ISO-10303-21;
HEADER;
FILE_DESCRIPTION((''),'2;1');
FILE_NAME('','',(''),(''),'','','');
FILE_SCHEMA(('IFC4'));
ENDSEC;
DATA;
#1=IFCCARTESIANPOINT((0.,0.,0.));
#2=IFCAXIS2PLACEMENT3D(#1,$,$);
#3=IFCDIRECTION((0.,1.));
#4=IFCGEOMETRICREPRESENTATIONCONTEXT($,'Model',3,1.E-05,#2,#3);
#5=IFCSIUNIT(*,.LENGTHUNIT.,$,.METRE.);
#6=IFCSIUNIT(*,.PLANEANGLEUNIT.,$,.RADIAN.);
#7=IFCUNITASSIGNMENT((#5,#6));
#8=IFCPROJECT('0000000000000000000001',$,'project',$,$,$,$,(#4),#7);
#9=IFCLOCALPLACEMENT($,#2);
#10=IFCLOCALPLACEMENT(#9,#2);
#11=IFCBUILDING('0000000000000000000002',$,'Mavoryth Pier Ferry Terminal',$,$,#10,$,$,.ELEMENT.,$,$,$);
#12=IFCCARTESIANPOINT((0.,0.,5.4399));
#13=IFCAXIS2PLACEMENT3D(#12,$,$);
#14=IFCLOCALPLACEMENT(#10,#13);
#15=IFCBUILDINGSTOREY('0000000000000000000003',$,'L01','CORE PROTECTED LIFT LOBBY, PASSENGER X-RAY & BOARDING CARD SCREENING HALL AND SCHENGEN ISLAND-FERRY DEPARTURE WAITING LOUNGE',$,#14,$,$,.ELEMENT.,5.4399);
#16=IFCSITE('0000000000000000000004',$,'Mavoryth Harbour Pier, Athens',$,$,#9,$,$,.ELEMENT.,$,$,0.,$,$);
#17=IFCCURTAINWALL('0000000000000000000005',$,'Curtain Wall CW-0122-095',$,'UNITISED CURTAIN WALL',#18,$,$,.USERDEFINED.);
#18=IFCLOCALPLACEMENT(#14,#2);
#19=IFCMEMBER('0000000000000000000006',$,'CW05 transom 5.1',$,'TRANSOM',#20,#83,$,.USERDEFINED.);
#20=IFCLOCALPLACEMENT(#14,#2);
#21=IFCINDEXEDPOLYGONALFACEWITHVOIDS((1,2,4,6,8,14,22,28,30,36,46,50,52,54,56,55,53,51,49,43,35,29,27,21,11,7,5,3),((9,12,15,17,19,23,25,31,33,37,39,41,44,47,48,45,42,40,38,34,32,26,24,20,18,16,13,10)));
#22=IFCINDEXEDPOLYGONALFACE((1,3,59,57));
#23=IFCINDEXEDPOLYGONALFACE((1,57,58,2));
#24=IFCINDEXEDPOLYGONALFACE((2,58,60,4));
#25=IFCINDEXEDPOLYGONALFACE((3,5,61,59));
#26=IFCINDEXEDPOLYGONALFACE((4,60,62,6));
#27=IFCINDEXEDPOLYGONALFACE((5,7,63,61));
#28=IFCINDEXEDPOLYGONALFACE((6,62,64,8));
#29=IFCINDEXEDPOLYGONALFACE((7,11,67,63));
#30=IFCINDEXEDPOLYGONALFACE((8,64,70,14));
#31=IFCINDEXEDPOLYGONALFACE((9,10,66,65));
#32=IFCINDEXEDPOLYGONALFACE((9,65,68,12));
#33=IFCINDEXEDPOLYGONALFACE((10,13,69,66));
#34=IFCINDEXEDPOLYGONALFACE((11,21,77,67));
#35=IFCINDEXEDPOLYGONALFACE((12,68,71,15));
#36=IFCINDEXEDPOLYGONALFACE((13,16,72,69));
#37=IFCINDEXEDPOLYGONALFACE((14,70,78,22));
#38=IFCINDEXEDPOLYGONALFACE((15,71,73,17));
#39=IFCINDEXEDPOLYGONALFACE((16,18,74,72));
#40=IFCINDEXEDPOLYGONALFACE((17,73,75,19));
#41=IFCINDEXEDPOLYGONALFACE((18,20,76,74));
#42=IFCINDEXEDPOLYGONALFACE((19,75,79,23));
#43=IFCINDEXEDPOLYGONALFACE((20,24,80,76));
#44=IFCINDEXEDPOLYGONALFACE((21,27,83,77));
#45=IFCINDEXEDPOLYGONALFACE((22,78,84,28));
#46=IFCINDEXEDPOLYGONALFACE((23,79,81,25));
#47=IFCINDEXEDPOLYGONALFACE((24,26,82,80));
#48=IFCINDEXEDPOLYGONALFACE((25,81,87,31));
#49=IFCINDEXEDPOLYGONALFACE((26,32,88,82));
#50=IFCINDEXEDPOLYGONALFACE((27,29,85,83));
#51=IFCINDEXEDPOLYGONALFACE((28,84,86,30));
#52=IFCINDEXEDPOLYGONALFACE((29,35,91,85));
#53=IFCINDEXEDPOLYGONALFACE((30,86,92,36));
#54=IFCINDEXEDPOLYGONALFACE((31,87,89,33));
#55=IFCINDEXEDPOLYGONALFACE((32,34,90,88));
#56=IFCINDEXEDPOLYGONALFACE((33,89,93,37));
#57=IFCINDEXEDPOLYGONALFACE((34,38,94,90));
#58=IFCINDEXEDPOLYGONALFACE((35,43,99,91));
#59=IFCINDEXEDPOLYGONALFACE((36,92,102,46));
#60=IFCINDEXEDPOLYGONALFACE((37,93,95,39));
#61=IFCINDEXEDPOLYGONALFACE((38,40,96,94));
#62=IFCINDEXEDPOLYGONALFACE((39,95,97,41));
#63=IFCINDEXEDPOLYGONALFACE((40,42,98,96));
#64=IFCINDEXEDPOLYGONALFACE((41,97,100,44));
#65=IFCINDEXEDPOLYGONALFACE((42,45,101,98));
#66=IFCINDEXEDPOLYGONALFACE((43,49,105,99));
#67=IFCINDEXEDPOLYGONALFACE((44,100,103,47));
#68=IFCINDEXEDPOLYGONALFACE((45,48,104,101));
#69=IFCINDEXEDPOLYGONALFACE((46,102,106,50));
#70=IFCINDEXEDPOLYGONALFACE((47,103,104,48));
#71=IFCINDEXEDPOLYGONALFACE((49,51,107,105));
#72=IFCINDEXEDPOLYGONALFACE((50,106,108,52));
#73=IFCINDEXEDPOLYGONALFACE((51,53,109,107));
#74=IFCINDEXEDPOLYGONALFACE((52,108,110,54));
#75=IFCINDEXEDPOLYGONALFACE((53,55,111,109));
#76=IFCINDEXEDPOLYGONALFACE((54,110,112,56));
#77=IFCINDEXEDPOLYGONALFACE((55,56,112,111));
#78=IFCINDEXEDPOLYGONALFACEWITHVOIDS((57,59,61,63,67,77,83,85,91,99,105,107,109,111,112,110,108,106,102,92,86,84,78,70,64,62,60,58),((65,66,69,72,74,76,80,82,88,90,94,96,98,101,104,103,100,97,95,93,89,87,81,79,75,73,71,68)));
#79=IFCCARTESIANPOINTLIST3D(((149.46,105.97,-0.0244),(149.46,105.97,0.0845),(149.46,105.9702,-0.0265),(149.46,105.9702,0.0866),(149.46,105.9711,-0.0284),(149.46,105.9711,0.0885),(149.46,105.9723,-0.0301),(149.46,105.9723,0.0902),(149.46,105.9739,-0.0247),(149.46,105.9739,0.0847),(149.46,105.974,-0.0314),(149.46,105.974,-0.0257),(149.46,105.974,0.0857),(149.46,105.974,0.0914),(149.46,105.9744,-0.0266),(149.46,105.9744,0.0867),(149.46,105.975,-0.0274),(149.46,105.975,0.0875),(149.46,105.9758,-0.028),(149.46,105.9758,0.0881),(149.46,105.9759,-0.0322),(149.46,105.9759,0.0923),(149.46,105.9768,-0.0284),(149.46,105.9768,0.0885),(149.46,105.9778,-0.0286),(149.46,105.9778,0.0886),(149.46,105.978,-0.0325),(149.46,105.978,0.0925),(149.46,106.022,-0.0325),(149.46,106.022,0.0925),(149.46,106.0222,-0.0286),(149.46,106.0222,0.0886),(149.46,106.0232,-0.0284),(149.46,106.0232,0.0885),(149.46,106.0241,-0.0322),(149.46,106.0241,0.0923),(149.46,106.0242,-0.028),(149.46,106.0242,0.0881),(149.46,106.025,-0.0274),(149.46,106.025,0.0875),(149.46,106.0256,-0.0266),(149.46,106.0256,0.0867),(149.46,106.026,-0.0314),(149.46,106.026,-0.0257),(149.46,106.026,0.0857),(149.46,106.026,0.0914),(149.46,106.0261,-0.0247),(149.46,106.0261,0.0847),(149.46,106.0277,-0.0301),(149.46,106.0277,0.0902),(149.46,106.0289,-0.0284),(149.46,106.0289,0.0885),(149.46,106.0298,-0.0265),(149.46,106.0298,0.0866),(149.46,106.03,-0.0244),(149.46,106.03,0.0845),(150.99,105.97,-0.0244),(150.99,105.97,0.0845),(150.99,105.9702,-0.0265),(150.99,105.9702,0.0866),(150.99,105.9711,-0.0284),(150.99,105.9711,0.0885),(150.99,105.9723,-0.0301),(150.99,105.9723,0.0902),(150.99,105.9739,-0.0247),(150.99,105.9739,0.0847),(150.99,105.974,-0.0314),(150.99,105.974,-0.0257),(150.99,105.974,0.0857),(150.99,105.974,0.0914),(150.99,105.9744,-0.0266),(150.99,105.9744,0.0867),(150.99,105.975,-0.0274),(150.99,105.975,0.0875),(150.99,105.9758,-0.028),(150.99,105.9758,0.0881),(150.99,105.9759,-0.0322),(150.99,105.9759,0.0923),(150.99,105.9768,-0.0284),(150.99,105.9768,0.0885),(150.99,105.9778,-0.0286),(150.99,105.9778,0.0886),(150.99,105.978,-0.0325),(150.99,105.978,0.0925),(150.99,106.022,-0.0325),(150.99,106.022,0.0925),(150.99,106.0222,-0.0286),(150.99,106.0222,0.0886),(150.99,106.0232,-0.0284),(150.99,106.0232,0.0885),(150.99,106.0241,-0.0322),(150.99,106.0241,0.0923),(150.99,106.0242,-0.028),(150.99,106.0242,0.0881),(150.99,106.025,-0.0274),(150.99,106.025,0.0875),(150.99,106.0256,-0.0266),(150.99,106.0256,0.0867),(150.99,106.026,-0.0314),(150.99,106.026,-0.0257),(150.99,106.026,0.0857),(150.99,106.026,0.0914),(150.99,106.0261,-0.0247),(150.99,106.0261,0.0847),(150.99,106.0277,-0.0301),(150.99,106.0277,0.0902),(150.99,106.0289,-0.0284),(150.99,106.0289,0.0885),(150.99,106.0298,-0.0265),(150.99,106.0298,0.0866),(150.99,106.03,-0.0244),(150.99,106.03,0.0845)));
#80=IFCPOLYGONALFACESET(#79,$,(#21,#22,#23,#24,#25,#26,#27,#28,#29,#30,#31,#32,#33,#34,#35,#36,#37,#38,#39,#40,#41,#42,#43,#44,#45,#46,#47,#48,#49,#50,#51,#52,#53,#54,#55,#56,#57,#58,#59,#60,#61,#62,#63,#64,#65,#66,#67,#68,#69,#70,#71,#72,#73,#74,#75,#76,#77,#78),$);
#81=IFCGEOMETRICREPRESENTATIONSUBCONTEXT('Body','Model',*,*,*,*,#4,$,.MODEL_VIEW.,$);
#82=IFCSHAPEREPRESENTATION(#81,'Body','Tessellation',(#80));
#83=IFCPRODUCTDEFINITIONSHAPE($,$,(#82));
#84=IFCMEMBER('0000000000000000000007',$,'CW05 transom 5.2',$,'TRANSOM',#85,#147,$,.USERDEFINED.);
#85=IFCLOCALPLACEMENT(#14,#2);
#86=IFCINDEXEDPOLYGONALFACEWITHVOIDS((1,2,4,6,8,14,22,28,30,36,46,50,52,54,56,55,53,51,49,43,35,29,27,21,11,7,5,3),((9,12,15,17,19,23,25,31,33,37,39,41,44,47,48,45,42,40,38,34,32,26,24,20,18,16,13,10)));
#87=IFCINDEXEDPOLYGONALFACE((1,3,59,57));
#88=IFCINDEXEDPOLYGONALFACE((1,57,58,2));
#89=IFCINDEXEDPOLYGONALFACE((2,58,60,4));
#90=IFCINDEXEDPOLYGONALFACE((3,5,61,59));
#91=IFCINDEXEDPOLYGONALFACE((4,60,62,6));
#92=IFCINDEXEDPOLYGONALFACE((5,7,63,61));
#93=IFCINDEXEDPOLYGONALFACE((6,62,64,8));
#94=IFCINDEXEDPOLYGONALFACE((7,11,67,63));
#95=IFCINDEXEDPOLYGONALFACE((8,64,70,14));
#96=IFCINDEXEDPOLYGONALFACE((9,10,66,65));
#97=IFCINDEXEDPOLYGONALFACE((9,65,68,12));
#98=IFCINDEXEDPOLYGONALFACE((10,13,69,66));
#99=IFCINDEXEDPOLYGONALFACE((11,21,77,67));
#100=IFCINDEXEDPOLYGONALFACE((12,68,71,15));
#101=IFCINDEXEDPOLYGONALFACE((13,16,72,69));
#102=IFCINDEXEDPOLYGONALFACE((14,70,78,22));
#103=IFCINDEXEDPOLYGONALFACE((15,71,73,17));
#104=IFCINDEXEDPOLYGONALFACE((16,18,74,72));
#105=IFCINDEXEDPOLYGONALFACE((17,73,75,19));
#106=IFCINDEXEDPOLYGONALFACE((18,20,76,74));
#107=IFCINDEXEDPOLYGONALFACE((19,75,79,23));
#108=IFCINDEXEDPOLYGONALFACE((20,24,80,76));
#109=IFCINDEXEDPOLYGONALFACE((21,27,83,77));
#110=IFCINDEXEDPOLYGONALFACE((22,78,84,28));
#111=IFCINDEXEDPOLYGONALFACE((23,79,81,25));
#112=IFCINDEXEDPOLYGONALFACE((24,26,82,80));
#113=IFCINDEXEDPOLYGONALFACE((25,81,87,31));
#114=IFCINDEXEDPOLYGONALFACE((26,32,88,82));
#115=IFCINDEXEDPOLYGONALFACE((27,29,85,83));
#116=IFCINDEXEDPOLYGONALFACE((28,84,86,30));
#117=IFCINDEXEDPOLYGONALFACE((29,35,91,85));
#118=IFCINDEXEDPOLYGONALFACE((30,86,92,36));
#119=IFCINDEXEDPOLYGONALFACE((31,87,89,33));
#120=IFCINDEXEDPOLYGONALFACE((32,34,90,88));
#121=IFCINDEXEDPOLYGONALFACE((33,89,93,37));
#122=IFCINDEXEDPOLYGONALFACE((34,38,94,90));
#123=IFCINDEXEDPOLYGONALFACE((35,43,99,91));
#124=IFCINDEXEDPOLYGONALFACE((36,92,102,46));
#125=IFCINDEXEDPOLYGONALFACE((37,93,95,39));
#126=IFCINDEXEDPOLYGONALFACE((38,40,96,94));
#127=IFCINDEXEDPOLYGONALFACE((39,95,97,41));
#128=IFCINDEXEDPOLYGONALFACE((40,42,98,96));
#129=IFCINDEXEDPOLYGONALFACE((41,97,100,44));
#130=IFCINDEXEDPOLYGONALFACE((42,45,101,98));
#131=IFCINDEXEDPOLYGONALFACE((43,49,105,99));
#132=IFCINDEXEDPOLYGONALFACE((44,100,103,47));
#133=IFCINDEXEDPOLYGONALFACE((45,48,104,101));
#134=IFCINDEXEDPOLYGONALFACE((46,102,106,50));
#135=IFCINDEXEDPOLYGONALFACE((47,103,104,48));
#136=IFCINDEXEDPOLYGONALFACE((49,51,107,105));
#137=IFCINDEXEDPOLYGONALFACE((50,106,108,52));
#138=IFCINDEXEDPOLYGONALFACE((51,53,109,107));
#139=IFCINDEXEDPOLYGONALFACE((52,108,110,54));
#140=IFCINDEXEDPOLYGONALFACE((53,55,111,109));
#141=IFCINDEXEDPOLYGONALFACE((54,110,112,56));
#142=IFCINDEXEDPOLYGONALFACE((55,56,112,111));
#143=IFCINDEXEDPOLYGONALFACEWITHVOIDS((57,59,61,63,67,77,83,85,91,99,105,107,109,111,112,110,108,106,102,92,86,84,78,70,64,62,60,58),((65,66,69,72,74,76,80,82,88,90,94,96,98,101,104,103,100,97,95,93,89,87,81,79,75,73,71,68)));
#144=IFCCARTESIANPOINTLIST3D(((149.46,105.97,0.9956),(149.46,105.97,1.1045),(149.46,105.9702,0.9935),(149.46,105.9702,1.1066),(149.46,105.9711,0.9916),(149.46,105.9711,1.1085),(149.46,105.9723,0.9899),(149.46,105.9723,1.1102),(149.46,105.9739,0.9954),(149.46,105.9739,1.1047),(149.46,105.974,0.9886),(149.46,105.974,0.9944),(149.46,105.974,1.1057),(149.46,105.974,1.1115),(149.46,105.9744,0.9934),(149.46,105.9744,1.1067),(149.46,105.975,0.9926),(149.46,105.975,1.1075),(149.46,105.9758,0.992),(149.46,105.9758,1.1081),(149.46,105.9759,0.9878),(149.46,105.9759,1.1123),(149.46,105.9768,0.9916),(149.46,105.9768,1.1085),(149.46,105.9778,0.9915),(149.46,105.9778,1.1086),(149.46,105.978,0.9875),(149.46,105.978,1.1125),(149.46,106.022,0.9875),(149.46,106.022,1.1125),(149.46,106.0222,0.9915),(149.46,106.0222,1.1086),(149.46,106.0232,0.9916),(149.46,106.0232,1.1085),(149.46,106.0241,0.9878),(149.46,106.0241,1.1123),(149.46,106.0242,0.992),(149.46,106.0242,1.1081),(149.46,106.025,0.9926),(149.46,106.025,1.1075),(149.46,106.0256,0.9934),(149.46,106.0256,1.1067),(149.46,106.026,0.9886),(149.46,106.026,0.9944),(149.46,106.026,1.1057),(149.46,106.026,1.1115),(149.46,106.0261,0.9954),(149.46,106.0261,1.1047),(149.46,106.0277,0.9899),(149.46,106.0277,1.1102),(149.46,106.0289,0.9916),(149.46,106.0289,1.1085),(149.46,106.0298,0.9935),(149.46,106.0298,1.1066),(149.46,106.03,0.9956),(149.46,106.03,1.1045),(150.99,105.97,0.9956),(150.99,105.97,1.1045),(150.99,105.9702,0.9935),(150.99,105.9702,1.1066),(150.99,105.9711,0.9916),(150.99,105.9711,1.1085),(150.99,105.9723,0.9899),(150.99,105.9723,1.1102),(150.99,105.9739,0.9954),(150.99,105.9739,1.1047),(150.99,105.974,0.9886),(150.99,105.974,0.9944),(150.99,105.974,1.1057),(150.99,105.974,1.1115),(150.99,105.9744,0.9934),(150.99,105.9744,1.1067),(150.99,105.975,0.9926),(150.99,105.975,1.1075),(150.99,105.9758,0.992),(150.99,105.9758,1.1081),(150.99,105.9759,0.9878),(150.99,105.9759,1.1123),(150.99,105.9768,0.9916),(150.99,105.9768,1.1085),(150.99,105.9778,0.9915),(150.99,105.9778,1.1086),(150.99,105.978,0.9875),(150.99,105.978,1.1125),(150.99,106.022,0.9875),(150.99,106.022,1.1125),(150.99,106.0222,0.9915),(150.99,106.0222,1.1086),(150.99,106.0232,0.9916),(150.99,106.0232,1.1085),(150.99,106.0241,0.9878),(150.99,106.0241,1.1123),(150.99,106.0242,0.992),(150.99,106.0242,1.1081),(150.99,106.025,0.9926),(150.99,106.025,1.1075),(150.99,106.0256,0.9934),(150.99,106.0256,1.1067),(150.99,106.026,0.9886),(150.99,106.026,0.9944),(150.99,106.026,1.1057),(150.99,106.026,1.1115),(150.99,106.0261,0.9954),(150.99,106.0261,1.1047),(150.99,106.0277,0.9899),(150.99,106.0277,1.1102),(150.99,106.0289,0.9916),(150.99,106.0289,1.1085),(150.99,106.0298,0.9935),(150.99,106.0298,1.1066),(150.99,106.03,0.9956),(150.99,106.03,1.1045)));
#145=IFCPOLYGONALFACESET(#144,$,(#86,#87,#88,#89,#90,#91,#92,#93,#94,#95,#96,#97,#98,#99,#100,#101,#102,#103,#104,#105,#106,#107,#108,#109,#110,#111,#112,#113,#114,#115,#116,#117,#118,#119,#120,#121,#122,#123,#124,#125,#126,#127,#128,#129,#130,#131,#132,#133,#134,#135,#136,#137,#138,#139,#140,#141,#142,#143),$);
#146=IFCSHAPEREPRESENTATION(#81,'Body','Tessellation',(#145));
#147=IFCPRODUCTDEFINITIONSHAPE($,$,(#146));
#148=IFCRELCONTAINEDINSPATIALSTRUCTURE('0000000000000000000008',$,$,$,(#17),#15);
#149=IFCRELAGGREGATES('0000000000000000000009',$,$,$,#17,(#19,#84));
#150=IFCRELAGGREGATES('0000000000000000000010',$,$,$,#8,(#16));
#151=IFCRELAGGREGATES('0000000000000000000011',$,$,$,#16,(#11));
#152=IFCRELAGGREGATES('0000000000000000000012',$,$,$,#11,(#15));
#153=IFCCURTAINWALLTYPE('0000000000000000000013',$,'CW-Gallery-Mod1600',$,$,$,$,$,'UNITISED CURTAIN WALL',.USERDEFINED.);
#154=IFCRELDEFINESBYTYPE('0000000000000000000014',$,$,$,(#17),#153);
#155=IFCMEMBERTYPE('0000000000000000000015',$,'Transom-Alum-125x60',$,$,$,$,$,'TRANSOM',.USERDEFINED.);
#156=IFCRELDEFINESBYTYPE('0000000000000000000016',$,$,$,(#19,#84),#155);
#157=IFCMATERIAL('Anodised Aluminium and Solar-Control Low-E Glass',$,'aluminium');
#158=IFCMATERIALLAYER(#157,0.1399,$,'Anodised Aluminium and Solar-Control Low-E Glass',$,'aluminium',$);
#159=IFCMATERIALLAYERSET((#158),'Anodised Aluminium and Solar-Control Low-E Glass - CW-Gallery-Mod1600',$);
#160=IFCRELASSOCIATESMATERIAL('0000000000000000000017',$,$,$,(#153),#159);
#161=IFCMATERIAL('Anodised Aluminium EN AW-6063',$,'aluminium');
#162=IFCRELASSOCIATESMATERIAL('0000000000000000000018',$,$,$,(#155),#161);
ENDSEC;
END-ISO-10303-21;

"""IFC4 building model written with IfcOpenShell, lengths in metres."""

from ifc_helpers import new_model, si_unit, direction, frame, origin, origin_2d, place, context, subcontext, project, spatial, hollow_rectangle, extrude, material, layer, layer_set, material_profile, profile_set, type_object, element, aggregate, save


model = new_model("IFC4")

# Units and contexts
model_context = context("Model", 3, precision=1e-05, world=origin(), true_north=direction((0.0, 1.0)))
body_context = subcontext(model_context, "Body", "Model", "MODEL_VIEW")
ifc_project = project(units=[si_unit("LENGTHUNIT", "METRE"), si_unit("PLANEANGLEUNIT", "RADIAN")], contexts=[model_context])

# Site, building, storey
site_placement = place(None, origin())
site = spatial("IfcSite", under=ifc_project, at=site_placement, Name="Mavoryth Harbour Pier, Athens", CompositionType="ELEMENT", RefElevation=0.0)
building_placement = place(site_placement, origin())
building = spatial("IfcBuilding", under=site, at=building_placement, Name="Mavoryth Pier Ferry Terminal", CompositionType="ELEMENT")
storey_placement = place(building_placement, frame((0.0, 0.0, 5.4399)))
storey = spatial("IfcBuildingStorey", under=building, at=storey_placement, Name="L01", Description="CORE PROTECTED LIFT LOBBY, PASSENGER X-RAY & BOARDING CARD SCREENING HALL AND SCHENGEN ISLAND-FERRY DEPARTURE WAITING LOUNGE", CompositionType="ELEMENT", Elevation=5.4399)

# Curtain wall
ifc_material_1 = material(Name="Anodised Aluminium and Solar-Control Low-E Glass", Category="aluminium")
ifc_layer_1 = layer(ifc_material_1, 0.1399, Name="Anodised Aluminium and Solar-Control Low-E Glass", Category="aluminium")
ifc_layer_set_1 = layer_set([ifc_layer_1], Name="Anodised Aluminium and Solar-Control Low-E Glass - CW-Gallery-Mod1600")
curtain_wall_type = type_object("IfcCurtainWallType", Name="CW-Gallery-Mod1600", ElementType="UNITISED CURTAIN WALL", PredefinedType="USERDEFINED", material=ifc_layer_set_1)
curtain_wall_1_placement = place(storey_placement, origin())
curtain_wall_1 = element("IfcCurtainWall", 1, at=curtain_wall_1_placement, inside=storey, type_object=curtain_wall_type, Name="Curtain Wall CW-0122-095", ObjectType="UNITISED CURTAIN WALL", PredefinedType="USERDEFINED")
ifc_material_2 = material(Name="Anodised Aluminium EN AW-6063", Category="aluminium")

# Members
ifc_material_profile_1 = material_profile(ifc_material_2, hollow_rectangle(XDim=0.0601, YDim=0.125, WallThickness=0.0039, InnerFilletRadius=0.0039, OuterFilletRadius=0.0081, at=origin_2d()), Name="AL-TRAN 125x60x4", Category="aluminium")
ifc_profile_set_1 = profile_set([ifc_material_profile_1], Name="Anodised Aluminium EN AW-6063 - AL-TRAN 125x60x4")
member_type_1 = type_object("IfcMemberType", Name="Transom-Alum-125x60", ElementType="TRANSOM", PredefinedType="USERDEFINED", material=ifc_profile_set_1)
member_1_placement = place(storey_placement, frame((149.46, 106.0, 0.03), z_axis=(1.0, 0.0, 0.0), x_axis=(0.0, 1.0, 0.0)))
member_1 = element("IfcMember", 2, at=member_1_placement, type_object=member_type_1, Name="CW05 transom 5.1", ObjectType="TRANSOM", PredefinedType="USERDEFINED", context=body_context, shape_type="SweptSolid", body=[
    extrude(hollow_rectangle(XDim=0.0601, YDim=0.125, WallThickness=0.0039, InnerFilletRadius=0.0039, OuterFilletRadius=0.0081, at=origin_2d()), origin(), (0.0, 0.0, 1.0), 1.53),
])
member_2_placement = place(storey_placement, frame((149.46, 106.0, 1.05), z_axis=(1.0, 0.0, 0.0), x_axis=(0.0, 1.0, 0.0)))
member_2 = element("IfcMember", 3, at=member_2_placement, type_object=member_type_1, Name="CW05 transom 5.2", ObjectType="TRANSOM", PredefinedType="USERDEFINED", context=body_context, shape_type="SweptSolid", body=[
    extrude(hollow_rectangle(XDim=0.0601, YDim=0.125, WallThickness=0.0039, InnerFilletRadius=0.0039, OuterFilletRadius=0.0081, at=origin_2d()), origin(), (0.0, 0.0, 1.0), 1.53),
])

aggregate(curtain_wall_1, [member_1, member_2])

save(model, "model.ifc")
